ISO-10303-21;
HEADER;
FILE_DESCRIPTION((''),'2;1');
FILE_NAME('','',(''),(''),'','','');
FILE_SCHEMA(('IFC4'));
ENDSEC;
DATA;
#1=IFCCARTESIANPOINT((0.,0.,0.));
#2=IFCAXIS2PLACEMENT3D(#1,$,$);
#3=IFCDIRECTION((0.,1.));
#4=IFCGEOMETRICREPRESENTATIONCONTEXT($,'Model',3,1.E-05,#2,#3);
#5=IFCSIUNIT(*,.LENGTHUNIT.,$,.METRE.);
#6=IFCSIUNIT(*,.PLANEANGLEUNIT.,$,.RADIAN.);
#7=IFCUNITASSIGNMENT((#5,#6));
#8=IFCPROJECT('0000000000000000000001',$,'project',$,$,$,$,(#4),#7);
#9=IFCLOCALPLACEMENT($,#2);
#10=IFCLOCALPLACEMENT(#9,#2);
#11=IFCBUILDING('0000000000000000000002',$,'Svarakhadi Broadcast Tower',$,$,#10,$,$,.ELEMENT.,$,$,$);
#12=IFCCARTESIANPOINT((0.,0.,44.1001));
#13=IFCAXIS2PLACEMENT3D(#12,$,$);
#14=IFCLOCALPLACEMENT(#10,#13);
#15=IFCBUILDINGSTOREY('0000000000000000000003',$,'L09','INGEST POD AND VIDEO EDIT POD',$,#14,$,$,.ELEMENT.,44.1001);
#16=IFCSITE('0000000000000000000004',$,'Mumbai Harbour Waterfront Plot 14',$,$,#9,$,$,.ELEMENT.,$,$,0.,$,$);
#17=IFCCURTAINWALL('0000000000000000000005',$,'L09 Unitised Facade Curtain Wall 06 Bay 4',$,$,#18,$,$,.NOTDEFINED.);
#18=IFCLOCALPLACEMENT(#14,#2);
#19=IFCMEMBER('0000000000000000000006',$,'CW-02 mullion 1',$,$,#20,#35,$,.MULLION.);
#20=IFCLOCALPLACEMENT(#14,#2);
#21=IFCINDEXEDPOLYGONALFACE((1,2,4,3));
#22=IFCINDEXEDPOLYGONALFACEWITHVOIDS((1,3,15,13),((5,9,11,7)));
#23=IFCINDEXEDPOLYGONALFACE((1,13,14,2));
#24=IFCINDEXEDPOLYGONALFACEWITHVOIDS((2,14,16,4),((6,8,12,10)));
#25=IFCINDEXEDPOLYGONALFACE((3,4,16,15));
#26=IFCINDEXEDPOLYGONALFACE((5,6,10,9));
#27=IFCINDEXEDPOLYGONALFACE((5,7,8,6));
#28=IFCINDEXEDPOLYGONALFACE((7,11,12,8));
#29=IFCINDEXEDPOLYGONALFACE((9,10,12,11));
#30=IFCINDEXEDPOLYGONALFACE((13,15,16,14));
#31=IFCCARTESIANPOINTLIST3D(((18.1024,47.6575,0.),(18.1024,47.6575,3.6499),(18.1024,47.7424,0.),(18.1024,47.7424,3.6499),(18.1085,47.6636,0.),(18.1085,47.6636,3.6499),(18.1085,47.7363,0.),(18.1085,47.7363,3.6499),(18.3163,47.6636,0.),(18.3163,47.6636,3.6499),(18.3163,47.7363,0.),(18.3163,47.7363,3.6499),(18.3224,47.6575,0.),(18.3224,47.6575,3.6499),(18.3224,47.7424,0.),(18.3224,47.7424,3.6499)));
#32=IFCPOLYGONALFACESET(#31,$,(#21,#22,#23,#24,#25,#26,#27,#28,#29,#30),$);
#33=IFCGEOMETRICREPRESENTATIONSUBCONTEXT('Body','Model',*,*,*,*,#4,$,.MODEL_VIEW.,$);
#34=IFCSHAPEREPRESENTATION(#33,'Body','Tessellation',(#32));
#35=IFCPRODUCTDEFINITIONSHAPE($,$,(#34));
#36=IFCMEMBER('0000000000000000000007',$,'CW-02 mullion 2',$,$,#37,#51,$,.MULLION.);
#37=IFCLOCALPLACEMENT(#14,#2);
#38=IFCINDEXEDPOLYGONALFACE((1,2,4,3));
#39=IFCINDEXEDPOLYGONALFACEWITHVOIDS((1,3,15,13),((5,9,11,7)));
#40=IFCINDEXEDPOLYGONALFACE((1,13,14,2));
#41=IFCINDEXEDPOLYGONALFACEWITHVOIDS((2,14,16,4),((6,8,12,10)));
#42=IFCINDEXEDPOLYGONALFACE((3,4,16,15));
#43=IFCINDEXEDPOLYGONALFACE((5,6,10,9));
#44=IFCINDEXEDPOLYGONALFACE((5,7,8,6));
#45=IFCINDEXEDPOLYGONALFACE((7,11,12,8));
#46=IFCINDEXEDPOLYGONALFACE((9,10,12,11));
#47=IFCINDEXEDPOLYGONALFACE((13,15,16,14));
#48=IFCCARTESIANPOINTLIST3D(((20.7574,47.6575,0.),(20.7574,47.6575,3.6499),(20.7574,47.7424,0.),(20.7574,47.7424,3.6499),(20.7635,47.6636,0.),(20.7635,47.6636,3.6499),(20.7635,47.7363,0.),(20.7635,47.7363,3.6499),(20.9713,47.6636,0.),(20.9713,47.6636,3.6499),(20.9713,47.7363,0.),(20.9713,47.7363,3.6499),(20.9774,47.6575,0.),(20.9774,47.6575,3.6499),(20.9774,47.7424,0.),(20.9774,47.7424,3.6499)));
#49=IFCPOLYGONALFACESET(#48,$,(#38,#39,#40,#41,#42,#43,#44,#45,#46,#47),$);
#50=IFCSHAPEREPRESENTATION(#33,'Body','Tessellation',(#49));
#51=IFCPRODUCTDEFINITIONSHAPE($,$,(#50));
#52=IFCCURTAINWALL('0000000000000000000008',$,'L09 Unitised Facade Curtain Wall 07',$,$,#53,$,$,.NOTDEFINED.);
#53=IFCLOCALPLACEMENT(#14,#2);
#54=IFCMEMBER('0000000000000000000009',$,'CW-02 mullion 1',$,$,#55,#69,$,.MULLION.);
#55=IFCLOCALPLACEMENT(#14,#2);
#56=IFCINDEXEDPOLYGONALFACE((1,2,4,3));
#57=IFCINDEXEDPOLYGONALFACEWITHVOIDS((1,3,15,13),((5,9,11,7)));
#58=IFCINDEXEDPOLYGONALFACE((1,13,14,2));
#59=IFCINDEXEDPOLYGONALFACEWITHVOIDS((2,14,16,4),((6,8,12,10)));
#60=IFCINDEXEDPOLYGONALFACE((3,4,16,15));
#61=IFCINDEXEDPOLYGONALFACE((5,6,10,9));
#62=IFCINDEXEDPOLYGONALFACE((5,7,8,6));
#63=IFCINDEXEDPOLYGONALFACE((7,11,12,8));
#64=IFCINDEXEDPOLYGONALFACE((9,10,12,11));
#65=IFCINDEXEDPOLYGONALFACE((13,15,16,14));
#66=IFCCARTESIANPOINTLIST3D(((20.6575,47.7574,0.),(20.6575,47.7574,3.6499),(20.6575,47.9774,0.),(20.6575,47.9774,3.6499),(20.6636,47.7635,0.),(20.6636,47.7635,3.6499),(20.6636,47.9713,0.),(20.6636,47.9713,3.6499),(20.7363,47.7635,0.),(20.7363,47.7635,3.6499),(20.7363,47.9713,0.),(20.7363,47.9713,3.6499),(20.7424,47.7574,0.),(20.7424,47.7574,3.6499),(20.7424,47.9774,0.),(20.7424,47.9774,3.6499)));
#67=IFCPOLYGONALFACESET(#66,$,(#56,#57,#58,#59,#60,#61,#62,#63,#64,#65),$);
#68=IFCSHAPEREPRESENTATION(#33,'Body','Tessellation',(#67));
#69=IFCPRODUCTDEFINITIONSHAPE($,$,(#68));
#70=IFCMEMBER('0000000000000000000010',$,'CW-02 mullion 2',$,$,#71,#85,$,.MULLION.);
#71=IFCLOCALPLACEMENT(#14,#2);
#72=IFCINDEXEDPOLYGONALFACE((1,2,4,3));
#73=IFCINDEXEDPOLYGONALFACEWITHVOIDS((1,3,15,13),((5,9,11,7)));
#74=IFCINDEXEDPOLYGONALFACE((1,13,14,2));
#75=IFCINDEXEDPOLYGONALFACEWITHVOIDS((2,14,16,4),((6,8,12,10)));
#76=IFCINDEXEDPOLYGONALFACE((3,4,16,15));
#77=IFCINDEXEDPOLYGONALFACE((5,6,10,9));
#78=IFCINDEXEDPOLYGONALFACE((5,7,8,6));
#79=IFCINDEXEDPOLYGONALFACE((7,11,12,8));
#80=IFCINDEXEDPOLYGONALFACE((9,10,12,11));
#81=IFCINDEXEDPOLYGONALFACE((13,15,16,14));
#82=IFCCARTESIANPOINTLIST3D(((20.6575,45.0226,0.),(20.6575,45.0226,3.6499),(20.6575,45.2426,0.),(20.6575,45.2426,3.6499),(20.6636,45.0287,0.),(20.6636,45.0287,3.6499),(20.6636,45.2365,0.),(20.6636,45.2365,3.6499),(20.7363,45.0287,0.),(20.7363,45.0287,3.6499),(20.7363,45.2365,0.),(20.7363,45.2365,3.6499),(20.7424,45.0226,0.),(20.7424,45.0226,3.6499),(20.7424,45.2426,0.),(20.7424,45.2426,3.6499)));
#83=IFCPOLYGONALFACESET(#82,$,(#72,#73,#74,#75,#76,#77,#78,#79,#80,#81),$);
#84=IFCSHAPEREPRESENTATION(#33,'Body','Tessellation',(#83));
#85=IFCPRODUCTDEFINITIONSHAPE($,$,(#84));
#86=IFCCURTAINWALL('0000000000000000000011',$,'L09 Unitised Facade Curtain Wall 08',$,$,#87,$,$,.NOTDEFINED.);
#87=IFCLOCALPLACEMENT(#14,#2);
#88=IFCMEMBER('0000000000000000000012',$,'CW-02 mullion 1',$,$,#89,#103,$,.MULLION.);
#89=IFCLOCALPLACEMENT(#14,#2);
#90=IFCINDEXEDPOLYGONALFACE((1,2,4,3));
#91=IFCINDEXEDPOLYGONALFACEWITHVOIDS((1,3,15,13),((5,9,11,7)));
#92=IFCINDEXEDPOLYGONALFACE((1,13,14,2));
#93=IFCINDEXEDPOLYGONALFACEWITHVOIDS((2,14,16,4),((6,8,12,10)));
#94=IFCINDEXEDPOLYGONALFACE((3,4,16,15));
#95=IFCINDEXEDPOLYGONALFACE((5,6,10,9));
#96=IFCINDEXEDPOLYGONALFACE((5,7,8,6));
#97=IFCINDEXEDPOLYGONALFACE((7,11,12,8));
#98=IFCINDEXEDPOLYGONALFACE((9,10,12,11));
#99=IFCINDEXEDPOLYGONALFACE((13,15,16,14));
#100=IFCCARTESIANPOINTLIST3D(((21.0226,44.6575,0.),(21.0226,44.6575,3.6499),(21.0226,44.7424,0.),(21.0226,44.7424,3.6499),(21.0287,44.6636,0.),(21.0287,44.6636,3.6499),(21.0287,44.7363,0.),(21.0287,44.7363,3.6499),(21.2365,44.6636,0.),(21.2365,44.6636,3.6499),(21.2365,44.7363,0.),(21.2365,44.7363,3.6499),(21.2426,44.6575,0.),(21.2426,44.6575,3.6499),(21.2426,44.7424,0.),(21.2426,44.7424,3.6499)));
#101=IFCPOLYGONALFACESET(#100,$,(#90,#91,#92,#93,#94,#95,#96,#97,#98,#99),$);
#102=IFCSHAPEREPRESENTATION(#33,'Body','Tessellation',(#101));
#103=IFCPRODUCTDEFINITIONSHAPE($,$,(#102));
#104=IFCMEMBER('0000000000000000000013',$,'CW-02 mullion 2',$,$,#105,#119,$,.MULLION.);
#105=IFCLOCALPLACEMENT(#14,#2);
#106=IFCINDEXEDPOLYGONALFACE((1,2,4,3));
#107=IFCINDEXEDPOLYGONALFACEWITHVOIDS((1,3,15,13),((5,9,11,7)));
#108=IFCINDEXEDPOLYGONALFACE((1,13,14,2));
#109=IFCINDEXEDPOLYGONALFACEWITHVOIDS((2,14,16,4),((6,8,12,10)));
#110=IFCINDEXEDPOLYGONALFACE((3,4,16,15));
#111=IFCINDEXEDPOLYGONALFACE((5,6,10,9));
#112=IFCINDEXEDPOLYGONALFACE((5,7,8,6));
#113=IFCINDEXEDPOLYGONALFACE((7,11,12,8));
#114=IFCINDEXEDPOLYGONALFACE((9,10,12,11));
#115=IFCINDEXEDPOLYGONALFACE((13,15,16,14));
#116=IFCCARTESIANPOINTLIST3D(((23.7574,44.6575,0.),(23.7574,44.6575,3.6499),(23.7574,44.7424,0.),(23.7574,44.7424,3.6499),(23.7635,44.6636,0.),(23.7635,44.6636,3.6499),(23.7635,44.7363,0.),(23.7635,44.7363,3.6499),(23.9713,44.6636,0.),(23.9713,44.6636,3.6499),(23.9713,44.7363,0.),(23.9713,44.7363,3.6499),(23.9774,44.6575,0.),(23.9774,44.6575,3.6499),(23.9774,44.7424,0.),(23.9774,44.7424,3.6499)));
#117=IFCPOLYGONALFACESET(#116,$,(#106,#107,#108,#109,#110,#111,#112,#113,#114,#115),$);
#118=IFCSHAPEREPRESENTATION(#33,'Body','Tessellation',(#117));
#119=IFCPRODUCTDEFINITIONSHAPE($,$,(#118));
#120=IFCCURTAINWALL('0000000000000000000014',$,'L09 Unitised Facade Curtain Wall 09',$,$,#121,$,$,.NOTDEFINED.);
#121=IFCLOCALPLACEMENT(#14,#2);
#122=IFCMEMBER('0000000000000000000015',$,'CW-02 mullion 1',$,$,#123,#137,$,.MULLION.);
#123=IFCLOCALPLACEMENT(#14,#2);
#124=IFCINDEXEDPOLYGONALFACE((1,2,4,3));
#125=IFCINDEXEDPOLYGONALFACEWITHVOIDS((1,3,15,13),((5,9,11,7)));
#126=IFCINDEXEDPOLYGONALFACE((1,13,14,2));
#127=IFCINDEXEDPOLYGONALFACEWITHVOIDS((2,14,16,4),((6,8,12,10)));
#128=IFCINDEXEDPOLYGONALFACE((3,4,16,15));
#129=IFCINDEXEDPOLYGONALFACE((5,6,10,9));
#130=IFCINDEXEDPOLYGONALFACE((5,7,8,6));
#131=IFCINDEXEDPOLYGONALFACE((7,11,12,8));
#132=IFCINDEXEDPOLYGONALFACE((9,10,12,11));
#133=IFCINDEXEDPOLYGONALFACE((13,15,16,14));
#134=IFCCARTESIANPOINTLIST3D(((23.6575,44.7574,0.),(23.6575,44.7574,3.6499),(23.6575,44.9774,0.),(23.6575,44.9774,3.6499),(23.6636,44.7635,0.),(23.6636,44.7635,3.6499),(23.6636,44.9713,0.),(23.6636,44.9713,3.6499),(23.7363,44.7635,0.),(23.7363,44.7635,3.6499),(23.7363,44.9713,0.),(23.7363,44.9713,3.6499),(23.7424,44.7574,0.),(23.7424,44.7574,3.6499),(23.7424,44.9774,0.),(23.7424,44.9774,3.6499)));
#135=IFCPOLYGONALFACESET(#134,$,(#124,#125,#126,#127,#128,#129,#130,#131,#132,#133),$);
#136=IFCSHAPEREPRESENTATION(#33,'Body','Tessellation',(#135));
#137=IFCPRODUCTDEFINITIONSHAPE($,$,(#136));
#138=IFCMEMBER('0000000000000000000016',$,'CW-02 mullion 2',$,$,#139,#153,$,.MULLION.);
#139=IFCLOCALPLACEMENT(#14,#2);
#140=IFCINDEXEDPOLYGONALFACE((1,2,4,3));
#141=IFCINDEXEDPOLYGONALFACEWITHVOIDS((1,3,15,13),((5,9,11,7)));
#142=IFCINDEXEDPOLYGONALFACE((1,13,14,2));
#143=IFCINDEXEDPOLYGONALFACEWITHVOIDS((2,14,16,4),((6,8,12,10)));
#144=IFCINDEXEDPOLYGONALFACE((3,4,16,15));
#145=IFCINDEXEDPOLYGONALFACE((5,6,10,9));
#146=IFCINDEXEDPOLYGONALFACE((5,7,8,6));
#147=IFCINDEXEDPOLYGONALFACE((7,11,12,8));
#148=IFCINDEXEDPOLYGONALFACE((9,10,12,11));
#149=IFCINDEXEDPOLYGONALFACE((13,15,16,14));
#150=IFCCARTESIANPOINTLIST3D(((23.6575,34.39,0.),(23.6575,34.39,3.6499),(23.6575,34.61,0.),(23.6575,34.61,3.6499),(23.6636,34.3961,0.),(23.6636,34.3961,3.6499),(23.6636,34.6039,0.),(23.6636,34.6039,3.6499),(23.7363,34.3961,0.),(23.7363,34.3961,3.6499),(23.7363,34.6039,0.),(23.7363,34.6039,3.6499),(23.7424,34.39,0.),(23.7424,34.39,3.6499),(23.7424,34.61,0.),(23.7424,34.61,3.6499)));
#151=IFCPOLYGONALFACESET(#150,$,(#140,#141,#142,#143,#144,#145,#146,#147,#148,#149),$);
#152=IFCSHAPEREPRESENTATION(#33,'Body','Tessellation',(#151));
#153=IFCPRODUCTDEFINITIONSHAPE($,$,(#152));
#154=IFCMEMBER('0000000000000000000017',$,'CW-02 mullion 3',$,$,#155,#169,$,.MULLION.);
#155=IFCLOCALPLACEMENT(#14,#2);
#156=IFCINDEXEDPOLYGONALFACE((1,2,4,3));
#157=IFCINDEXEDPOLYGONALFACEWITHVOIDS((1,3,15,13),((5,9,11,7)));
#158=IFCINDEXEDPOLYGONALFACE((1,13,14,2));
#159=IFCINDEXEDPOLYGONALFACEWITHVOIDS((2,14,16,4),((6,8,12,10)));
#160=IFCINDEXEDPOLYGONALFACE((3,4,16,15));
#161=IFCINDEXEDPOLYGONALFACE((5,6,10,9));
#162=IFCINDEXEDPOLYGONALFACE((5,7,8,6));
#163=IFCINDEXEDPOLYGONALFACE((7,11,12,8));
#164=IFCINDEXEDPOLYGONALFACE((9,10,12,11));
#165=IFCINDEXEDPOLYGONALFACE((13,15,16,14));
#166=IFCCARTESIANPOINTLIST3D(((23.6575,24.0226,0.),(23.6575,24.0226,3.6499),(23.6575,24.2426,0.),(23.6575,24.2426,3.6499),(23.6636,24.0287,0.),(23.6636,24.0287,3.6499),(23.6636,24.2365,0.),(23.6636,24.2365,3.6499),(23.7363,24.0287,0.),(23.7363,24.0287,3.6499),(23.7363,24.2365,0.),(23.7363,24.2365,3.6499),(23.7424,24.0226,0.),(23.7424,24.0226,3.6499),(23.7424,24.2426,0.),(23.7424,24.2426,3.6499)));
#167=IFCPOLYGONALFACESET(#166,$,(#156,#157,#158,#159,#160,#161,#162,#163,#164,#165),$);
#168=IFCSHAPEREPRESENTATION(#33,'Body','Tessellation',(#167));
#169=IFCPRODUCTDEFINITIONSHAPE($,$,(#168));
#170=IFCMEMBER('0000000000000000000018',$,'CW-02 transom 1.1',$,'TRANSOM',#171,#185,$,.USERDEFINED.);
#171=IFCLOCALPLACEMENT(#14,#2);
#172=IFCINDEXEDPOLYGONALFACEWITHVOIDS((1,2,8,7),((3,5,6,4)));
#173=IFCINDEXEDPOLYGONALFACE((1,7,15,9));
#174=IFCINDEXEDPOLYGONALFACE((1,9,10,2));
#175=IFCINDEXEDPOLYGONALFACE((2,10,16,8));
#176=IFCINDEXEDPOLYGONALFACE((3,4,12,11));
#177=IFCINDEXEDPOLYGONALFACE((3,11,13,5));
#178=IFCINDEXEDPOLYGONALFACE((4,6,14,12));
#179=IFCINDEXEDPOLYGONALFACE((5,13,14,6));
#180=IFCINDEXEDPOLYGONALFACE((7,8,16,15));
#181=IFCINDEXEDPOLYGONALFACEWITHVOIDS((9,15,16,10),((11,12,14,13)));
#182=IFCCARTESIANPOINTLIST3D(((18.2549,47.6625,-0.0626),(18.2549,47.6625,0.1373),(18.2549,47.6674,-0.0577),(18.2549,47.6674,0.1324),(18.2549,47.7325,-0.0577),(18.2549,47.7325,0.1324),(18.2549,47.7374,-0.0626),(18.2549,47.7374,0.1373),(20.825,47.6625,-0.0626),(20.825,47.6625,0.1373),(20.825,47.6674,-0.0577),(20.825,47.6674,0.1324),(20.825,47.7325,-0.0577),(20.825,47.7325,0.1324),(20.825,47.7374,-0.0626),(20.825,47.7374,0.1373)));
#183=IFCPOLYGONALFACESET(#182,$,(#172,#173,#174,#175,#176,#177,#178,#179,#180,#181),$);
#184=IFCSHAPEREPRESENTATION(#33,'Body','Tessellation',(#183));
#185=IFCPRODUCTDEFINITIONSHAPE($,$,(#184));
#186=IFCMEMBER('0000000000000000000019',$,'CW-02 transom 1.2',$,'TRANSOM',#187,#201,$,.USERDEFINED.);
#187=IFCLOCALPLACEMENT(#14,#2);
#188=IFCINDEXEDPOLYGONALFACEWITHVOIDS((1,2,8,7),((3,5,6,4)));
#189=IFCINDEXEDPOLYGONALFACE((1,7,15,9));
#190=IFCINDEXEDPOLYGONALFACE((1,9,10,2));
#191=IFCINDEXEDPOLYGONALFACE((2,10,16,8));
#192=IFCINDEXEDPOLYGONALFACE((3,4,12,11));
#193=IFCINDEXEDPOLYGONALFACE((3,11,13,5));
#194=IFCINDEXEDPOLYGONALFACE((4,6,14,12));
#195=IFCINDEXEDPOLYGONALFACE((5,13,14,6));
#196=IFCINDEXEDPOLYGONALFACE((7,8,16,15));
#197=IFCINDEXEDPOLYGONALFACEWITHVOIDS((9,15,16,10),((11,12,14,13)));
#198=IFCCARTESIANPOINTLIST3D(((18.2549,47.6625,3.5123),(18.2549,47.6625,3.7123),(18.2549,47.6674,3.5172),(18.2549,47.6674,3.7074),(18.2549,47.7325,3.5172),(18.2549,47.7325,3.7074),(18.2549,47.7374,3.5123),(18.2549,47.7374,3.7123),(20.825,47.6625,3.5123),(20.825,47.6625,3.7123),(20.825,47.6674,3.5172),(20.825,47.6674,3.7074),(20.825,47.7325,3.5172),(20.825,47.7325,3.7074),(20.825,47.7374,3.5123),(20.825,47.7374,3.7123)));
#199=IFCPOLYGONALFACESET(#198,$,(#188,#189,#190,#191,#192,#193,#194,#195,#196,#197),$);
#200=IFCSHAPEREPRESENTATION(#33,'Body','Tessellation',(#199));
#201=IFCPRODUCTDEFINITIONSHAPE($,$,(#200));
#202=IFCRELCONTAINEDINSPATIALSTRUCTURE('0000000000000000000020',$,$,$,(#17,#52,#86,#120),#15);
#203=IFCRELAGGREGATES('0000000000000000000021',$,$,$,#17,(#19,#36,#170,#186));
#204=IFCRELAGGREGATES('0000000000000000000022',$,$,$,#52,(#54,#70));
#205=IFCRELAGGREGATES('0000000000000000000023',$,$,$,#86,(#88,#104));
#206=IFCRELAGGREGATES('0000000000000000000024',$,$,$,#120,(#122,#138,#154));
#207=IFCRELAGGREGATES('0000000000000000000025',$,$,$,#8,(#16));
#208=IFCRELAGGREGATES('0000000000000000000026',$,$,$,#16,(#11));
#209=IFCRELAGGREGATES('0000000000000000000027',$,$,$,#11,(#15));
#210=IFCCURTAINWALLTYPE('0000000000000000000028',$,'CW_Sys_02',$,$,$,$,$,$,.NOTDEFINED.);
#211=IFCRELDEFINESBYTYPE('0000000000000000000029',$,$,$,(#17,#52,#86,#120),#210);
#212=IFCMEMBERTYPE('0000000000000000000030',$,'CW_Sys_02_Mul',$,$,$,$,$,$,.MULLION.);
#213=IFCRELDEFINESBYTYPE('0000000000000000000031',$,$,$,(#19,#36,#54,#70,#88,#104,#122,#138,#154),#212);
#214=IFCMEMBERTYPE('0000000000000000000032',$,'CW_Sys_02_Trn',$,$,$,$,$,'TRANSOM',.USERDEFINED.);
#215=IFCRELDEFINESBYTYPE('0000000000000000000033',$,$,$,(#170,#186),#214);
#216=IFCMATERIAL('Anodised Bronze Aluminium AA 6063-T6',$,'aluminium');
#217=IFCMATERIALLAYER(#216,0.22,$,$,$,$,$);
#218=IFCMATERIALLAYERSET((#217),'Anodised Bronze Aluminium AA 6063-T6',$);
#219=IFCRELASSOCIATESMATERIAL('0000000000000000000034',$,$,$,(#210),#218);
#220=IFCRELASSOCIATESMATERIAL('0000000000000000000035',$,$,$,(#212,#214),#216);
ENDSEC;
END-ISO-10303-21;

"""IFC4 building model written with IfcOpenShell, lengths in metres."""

from ifc_helpers import new_model, si_unit, direction, frame, origin, origin_2d, place, context, subcontext, project, spatial, hollow_rectangle, extrude, material, layer, layer_set, material_profile, profile_set, type_object, element, aggregate, save


model = new_model("IFC4")

# Units and contexts
model_context = context("Model", 3, precision=1e-05, world=origin(), true_north=direction((0.0, 1.0)))
body_context = subcontext(model_context, "Body", "Model", "MODEL_VIEW")
ifc_project = project(units=[si_unit("LENGTHUNIT", "METRE"), si_unit("PLANEANGLEUNIT", "RADIAN")], contexts=[model_context])

# Site, building, storey
site_placement = place(None, origin())
site = spatial("IfcSite", under=ifc_project, at=site_placement, Name="Mumbai Harbour Waterfront Plot 14", CompositionType="ELEMENT", RefElevation=0.0)
building_placement = place(site_placement, origin())
building = spatial("IfcBuilding", under=site, at=building_placement, Name="Svarakhadi Broadcast Tower", CompositionType="ELEMENT")
storey_placement = place(building_placement, frame((0.0, 0.0, 44.1001)))
storey = spatial("IfcBuildingStorey", under=building, at=storey_placement, Name="L09", Description="INGEST POD AND VIDEO EDIT POD", CompositionType="ELEMENT", Elevation=44.1001)

# Curtain walls, members
ifc_material_1 = material(Name="Anodised Bronze Aluminium AA 6063-T6", Category="aluminium")
ifc_layer_1 = layer(ifc_material_1, 0.22)
ifc_layer_set_1 = layer_set([ifc_layer_1], Name="Anodised Bronze Aluminium AA 6063-T6")
curtain_wall_type = type_object("IfcCurtainWallType", Name="CW_Sys_02", PredefinedType="NOTDEFINED", material=ifc_layer_set_1)
curtain_wall_1_placement = place(storey_placement, origin())
curtain_wall_1 = element("IfcCurtainWall", 1, at=curtain_wall_1_placement, inside=storey, type_object=curtain_wall_type, Name="L09 Unitised Facade Curtain Wall 06 Bay 4", PredefinedType="NOTDEFINED")
ifc_material_profile_1 = material_profile(ifc_material_1, hollow_rectangle(XDim=0.085, YDim=0.22, WallThickness=0.0061, at=origin_2d()), Name="ALU MULLION 220x85x6")
ifc_profile_set_1 = profile_set([ifc_material_profile_1], Name="Anodised Bronze Aluminium AA 6063-T6")
member_type_1 = type_object("IfcMemberType", Name="CW_Sys_02_Mul", PredefinedType="MULLION", material=ifc_profile_set_1)
member_1_placement = place(storey_placement, frame((18.2124, 47.7, 0.0), z_axis=(0.0, 0.0, 1.0), x_axis=(0.0, 1.0, 0.0)))
member_1 = element("IfcMember", 2, at=member_1_placement, type_object=member_type_1, Name="CW-02 mullion 1", PredefinedType="MULLION", context=body_context, shape_type="SweptSolid", body=[
    extrude(hollow_rectangle(XDim=0.085, YDim=0.22, WallThickness=0.0061, at=origin_2d()), origin(), (0.0, 0.0, 1.0), 3.6499),
])
member_2_placement = place(storey_placement, frame((20.8674, 47.7, 0.0), z_axis=(0.0, 0.0, 1.0), x_axis=(0.0, 1.0, 0.0)))
member_2 = element("IfcMember", 3, at=member_2_placement, type_object=member_type_1, Name="CW-02 mullion 2", PredefinedType="MULLION", context=body_context, shape_type="SweptSolid", body=[
    extrude(hollow_rectangle(XDim=0.085, YDim=0.22, WallThickness=0.0061, at=origin_2d()), origin(), (0.0, 0.0, 1.0), 3.6499),
])
curtain_wall_2_placement = place(storey_placement, origin())
curtain_wall_2 = element("IfcCurtainWall", 4, at=curtain_wall_2_placement, inside=storey, type_object=curtain_wall_type, Name="L09 Unitised Facade Curtain Wall 07", PredefinedType="NOTDEFINED")
member_3_placement = place(storey_placement, frame((20.7, 47.8674, 0.0), z_axis=(0.0, 0.0, 1.0), x_axis=(1.0, 0.0, 0.0)))
member_3 = element("IfcMember", 5, at=member_3_placement, type_object=member_type_1, Name="CW-02 mullion 1", PredefinedType="MULLION", context=body_context, shape_type="SweptSolid", body=[
    extrude(hollow_rectangle(XDim=0.085, YDim=0.22, WallThickness=0.0061, at=origin_2d()), origin(), (0.0, 0.0, 1.0), 3.6499),
])
member_4_placement = place(storey_placement, frame((20.7, 45.1326, 0.0), z_axis=(0.0, 0.0, 1.0), x_axis=(1.0, 0.0, 0.0)))
member_4 = element("IfcMember", 6, at=member_4_placement, type_object=member_type_1, Name="CW-02 mullion 2", PredefinedType="MULLION", context=body_context, shape_type="SweptSolid", body=[
    extrude(hollow_rectangle(XDim=0.085, YDim=0.22, WallThickness=0.0061, at=origin_2d()), origin(), (0.0, 0.0, 1.0), 3.6499),
])
curtain_wall_3_placement = place(storey_placement, origin())
curtain_wall_3 = element("IfcCurtainWall", 7, at=curtain_wall_3_placement, inside=storey, type_object=curtain_wall_type, Name="L09 Unitised Facade Curtain Wall 08", PredefinedType="NOTDEFINED")
member_5_placement = place(storey_placement, frame((21.1326, 44.7, 0.0), z_axis=(0.0, 0.0, 1.0), x_axis=(0.0, 1.0, 0.0)))
member_5 = element("IfcMember", 8, at=member_5_placement, type_object=member_type_1, Name="CW-02 mullion 1", PredefinedType="MULLION", context=body_context, shape_type="SweptSolid", body=[
    extrude(hollow_rectangle(XDim=0.085, YDim=0.22, WallThickness=0.0061, at=origin_2d()), origin(), (0.0, 0.0, 1.0), 3.6499),
])
member_6_placement = place(storey_placement, frame((23.8674, 44.7, 0.0), z_axis=(0.0, 0.0, 1.0), x_axis=(0.0, 1.0, 0.0)))
member_6 = element("IfcMember", 9, at=member_6_placement, type_object=member_type_1, Name="CW-02 mullion 2", PredefinedType="MULLION", context=body_context, shape_type="SweptSolid", body=[
    extrude(hollow_rectangle(XDim=0.085, YDim=0.22, WallThickness=0.0061, at=origin_2d()), origin(), (0.0, 0.0, 1.0), 3.6499),
])
curtain_wall_4_placement = place(storey_placement, origin())
curtain_wall_4 = element("IfcCurtainWall", 10, at=curtain_wall_4_placement, inside=storey, type_object=curtain_wall_type, Name="L09 Unitised Facade Curtain Wall 09", PredefinedType="NOTDEFINED")
member_7_placement = place(storey_placement, frame((23.7, 44.8674, 0.0), z_axis=(0.0, 0.0, 1.0), x_axis=(1.0, 0.0, 0.0)))
member_7 = element("IfcMember", 11, at=member_7_placement, type_object=member_type_1, Name="CW-02 mullion 1", PredefinedType="MULLION", context=body_context, shape_type="SweptSolid", body=[
    extrude(hollow_rectangle(XDim=0.085, YDim=0.22, WallThickness=0.0061, at=origin_2d()), origin(), (0.0, 0.0, 1.0), 3.6499),
])
member_8_placement = place(storey_placement, frame((23.7, 34.5, 0.0), z_axis=(0.0, 0.0, 1.0), x_axis=(1.0, 0.0, 0.0)))
member_8 = element("IfcMember", 12, at=member_8_placement, type_object=member_type_1, Name="CW-02 mullion 2", PredefinedType="MULLION", context=body_context, shape_type="SweptSolid", body=[
    extrude(hollow_rectangle(XDim=0.085, YDim=0.22, WallThickness=0.0061, at=origin_2d()), origin(), (0.0, 0.0, 1.0), 3.6499),
])
member_9_placement = place(storey_placement, frame((23.7, 24.1326, 0.0), z_axis=(0.0, 0.0, 1.0), x_axis=(1.0, 0.0, 0.0)))
member_9 = element("IfcMember", 13, at=member_9_placement, type_object=member_type_1, Name="CW-02 mullion 3", PredefinedType="MULLION", context=body_context, shape_type="SweptSolid", body=[
    extrude(hollow_rectangle(XDim=0.085, YDim=0.22, WallThickness=0.0061, at=origin_2d()), origin(), (0.0, 0.0, 1.0), 3.6499),
])

# Members
ifc_material_profile_2 = material_profile(ifc_material_1, hollow_rectangle(XDim=0.075, YDim=0.2, WallThickness=0.0049, at=origin_2d()), Name="ALU TRANSOM 200x75x5")
ifc_profile_set_2 = profile_set([ifc_material_profile_2], Name="Anodised Bronze Aluminium AA 6063-T6")
member_type_2 = type_object("IfcMemberType", Name="CW_Sys_02_Trn", ElementType="TRANSOM", PredefinedType="USERDEFINED", material=ifc_profile_set_2)
member_10_placement = place(storey_placement, frame((18.2549, 47.7, 0.0374), z_axis=(1.0, 0.0, 0.0), x_axis=(0.0, 1.0, 0.0)))
member_10 = element("IfcMember", 14, at=member_10_placement, type_object=member_type_2, Name="CW-02 transom 1.1", ObjectType="TRANSOM", PredefinedType="USERDEFINED", context=body_context, shape_type="SweptSolid", body=[
    extrude(hollow_rectangle(XDim=0.075, YDim=0.2, WallThickness=0.0049, at=origin_2d()), origin(), (0.0, 0.0, 1.0), 2.5701),
])
member_11_placement = place(storey_placement, frame((18.2549, 47.7, 3.6123), z_axis=(1.0, 0.0, 0.0), x_axis=(0.0, 1.0, 0.0)))
member_11 = element("IfcMember", 15, at=member_11_placement, type_object=member_type_2, Name="CW-02 transom 1.2", ObjectType="TRANSOM", PredefinedType="USERDEFINED", context=body_context, shape_type="SweptSolid", body=[
    extrude(hollow_rectangle(XDim=0.075, YDim=0.2, WallThickness=0.0049, at=origin_2d()), origin(), (0.0, 0.0, 1.0), 2.5701),
])

aggregate(curtain_wall_1, [member_1, member_2, member_10, member_11])
aggregate(curtain_wall_2, [member_3, member_4])
aggregate(curtain_wall_3, [member_5, member_6])
aggregate(curtain_wall_4, [member_7, member_8, member_9])

save(model, "model.ifc")
